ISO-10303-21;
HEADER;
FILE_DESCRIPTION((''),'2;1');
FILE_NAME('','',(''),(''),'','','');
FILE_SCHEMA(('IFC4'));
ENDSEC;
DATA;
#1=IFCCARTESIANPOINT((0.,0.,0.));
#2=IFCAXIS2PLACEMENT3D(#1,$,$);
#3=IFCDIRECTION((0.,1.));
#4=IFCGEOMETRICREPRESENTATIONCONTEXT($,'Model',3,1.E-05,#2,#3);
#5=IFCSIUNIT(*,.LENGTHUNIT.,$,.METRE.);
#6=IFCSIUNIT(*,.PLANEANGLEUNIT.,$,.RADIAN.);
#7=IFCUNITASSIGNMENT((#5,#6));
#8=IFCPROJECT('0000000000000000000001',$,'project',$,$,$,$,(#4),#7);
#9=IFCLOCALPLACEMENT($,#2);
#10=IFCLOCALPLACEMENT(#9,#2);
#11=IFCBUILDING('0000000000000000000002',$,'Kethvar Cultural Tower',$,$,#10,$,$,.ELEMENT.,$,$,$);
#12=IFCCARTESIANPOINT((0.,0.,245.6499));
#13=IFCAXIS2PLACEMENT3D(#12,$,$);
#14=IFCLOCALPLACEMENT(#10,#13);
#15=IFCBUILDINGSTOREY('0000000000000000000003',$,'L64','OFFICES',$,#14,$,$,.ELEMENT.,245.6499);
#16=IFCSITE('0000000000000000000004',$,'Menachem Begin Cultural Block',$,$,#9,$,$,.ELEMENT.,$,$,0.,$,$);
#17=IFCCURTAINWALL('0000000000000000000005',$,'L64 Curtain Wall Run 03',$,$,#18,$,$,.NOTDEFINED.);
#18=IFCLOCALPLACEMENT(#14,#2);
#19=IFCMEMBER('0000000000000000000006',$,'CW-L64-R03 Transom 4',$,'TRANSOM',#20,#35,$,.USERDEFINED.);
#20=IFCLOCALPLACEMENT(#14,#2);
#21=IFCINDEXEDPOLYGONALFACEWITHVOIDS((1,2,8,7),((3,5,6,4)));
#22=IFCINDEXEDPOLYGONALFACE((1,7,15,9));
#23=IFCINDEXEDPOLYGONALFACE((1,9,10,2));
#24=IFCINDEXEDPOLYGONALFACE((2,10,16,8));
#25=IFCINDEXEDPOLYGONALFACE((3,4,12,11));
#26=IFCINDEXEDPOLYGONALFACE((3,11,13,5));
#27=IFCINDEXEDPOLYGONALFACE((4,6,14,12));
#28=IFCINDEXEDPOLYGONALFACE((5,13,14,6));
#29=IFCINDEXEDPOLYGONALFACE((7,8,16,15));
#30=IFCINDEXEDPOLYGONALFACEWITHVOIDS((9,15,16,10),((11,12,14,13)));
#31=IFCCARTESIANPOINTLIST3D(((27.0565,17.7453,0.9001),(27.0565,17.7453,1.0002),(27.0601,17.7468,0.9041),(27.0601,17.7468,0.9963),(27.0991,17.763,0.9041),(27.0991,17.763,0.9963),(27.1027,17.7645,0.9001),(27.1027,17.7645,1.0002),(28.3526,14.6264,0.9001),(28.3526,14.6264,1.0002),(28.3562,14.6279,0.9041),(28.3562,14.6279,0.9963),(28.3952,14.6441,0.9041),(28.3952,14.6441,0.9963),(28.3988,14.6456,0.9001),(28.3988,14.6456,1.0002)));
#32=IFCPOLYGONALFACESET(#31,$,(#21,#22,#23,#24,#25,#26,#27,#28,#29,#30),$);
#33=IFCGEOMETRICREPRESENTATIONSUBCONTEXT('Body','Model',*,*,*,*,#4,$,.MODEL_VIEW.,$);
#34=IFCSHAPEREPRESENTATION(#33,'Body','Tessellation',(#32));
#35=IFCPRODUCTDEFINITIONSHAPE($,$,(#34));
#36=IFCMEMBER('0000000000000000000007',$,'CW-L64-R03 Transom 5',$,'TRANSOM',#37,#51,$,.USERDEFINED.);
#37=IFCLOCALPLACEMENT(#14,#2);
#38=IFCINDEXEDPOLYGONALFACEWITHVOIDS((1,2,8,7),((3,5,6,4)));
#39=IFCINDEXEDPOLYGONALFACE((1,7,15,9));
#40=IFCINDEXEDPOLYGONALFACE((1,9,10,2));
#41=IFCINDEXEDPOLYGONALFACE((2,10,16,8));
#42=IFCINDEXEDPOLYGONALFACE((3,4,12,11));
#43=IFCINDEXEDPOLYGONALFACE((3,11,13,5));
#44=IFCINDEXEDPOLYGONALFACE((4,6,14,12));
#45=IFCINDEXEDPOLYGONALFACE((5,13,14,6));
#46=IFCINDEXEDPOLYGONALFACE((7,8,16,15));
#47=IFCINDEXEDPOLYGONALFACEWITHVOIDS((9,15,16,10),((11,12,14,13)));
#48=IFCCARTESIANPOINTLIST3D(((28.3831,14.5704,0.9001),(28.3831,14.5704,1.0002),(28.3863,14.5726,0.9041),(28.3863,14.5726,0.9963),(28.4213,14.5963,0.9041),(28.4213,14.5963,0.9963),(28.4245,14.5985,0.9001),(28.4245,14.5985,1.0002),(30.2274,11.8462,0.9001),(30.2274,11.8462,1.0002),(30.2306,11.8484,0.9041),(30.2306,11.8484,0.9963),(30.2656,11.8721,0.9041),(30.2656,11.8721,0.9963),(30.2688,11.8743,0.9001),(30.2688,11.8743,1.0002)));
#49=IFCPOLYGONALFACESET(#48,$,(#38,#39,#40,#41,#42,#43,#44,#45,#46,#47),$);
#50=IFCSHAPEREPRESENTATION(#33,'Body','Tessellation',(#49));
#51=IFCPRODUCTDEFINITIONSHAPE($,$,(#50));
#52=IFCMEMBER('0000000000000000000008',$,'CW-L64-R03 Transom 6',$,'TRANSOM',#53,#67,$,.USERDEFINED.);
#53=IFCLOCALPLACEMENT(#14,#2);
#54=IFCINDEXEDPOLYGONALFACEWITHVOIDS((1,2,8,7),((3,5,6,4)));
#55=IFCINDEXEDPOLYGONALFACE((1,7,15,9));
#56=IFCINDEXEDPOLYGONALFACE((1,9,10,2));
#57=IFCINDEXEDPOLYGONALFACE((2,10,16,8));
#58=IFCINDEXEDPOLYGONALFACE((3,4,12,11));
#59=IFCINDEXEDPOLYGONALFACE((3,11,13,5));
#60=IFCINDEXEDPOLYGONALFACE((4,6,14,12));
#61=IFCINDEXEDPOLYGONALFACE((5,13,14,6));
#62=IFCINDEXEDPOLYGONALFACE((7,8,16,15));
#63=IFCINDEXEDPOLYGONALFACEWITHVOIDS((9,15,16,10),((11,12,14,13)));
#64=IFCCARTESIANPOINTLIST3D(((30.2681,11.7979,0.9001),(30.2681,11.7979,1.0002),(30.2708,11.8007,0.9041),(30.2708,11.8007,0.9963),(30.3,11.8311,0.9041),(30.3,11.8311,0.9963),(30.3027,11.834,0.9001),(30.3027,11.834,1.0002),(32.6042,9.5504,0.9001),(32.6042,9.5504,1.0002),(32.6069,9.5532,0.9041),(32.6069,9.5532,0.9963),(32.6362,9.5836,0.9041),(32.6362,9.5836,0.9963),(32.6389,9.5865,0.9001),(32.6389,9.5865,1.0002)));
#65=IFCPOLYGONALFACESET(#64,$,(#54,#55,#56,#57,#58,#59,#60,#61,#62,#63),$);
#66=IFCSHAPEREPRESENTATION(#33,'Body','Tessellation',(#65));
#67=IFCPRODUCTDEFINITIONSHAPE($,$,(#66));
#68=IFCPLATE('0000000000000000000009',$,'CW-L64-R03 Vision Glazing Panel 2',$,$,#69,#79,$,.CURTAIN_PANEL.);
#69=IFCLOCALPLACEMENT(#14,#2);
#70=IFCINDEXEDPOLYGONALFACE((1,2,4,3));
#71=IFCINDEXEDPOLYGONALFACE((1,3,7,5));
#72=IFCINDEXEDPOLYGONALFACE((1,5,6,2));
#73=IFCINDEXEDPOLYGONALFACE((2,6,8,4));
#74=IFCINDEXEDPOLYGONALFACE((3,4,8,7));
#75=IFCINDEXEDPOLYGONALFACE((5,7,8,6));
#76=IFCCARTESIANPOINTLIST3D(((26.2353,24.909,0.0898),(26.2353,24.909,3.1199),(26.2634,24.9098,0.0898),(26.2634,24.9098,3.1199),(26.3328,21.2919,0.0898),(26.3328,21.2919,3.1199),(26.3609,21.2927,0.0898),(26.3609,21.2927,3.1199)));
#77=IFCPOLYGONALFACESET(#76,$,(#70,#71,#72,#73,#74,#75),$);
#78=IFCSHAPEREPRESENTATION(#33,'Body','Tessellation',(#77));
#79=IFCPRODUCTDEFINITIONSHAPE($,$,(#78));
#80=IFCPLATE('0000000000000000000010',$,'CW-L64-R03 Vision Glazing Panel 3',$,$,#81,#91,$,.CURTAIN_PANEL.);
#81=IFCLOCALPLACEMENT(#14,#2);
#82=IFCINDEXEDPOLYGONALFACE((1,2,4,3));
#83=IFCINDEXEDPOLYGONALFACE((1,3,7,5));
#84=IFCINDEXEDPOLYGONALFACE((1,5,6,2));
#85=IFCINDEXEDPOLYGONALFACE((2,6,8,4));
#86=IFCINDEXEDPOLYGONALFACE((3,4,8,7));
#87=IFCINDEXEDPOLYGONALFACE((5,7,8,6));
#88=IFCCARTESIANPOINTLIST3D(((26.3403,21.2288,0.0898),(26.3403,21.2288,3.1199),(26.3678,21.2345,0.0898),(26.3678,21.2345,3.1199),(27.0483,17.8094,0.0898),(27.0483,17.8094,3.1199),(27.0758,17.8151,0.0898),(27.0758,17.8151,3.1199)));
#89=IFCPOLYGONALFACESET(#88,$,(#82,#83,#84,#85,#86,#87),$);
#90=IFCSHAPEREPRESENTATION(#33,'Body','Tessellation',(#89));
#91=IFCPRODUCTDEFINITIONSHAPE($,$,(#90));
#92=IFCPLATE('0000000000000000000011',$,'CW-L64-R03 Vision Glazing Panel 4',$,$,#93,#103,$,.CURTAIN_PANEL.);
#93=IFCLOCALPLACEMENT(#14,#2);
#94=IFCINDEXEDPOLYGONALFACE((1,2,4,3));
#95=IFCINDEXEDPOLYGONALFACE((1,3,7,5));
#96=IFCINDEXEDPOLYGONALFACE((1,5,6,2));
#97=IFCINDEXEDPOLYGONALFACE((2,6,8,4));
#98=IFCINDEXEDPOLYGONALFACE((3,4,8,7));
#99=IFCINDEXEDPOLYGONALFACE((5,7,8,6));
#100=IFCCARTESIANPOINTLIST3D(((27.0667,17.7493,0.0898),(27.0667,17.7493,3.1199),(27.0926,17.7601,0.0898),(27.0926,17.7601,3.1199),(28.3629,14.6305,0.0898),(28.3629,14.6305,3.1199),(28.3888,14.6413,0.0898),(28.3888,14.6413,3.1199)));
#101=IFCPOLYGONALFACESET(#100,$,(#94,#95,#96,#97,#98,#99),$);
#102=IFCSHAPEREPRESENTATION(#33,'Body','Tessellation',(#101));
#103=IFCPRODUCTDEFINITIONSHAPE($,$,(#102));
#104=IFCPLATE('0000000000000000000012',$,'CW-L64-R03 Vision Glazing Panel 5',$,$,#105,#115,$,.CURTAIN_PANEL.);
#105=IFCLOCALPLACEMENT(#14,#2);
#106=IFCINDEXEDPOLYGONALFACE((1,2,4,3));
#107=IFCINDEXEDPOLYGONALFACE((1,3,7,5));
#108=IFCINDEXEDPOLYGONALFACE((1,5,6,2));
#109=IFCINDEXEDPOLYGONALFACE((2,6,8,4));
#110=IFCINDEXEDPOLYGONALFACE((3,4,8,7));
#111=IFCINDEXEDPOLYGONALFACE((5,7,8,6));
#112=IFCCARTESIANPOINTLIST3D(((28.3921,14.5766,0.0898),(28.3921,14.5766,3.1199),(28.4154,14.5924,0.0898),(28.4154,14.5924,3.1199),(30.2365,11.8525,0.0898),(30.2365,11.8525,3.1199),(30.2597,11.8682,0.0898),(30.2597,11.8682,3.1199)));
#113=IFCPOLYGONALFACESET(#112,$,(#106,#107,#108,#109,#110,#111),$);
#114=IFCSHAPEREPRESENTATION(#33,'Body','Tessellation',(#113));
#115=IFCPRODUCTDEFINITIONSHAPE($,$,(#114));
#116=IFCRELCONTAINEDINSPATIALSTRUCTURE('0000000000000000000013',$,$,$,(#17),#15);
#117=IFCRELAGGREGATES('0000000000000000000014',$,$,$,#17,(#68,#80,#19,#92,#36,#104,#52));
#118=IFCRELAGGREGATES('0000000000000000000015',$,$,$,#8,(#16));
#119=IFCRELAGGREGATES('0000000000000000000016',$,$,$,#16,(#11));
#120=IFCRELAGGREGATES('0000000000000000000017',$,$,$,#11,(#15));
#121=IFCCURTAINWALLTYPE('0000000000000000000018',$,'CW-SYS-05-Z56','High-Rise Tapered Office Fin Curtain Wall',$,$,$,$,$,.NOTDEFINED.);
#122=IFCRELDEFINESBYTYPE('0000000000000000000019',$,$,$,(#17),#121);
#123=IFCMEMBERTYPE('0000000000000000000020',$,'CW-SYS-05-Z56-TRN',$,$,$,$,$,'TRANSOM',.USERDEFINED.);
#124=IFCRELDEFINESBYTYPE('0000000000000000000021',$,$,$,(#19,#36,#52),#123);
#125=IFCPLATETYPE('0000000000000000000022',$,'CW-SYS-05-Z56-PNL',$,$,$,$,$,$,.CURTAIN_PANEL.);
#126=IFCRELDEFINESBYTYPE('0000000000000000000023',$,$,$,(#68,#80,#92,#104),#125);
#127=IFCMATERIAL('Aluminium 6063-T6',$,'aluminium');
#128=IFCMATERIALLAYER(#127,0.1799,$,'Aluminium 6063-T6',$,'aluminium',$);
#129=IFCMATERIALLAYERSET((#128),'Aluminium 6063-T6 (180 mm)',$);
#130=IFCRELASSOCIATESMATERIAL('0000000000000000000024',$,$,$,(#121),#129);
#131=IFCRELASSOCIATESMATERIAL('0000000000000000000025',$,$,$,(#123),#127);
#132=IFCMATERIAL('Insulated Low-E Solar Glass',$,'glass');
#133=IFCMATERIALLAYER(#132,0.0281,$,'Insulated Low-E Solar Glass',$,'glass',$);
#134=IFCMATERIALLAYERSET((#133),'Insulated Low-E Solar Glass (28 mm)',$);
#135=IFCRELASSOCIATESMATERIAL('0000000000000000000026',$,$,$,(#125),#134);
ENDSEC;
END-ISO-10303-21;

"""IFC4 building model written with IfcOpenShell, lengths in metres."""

from ifc_helpers import new_model, si_unit, direction, frame, origin, origin_2d, place, context, subcontext, project, spatial, rectangle, hollow_rectangle, extrude, source, transform, mapped, material, layer, layer_set, material_profile, profile_set, type_object, element, aggregate, save


model = new_model("IFC4")

# Units and contexts
model_context = context("Model", 3, precision=1e-05, world=origin(), true_north=direction((0.0, 1.0)))
body_context = subcontext(model_context, "Body", "Model", "MODEL_VIEW")
ifc_project = project(units=[si_unit("LENGTHUNIT", "METRE"), si_unit("PLANEANGLEUNIT", "RADIAN")], contexts=[model_context])

# Site, building, storey
site_placement = place(None, origin())
site = spatial("IfcSite", under=ifc_project, at=site_placement, Name="Menachem Begin Cultural Block", CompositionType="ELEMENT", RefElevation=0.0)
building_placement = place(site_placement, origin())
building = spatial("IfcBuilding", under=site, at=building_placement, Name="Kethvar Cultural Tower", CompositionType="ELEMENT")
storey_placement = place(building_placement, frame((0.0, 0.0, 245.6499)))
storey = spatial("IfcBuildingStorey", under=building, at=storey_placement, Name="L64", Description="OFFICES", CompositionType="ELEMENT", Elevation=245.6499)

# Curtain wall, members, plates
ifc_material_1 = material(Name="Aluminium 6063-T6", Category="aluminium")
ifc_layer_1 = layer(ifc_material_1, 0.1799, Name="Aluminium 6063-T6", Category="aluminium")
ifc_layer_set_1 = layer_set([ifc_layer_1], Name="Aluminium 6063-T6 (180 mm)")
curtain_wall_type = type_object("IfcCurtainWallType", Name="CW-SYS-05-Z56", Description="High-Rise Tapered Office Fin Curtain Wall", PredefinedType="NOTDEFINED", material=ifc_layer_set_1)
curtain_wall_placement = place(storey_placement, origin())
curtain_wall = element("IfcCurtainWall", 1, at=curtain_wall_placement, inside=storey, type_object=curtain_wall_type, Name="L64 Curtain Wall Run 03", PredefinedType="NOTDEFINED")
ifc_material_profile_1 = material_profile(ifc_material_1, hollow_rectangle(XDim=0.05, YDim=0.1001, WallThickness=0.0039, at=origin_2d()), Name="Aluminium 6063-T6 — RHS100x50x4")
ifc_profile_set_1 = profile_set([ifc_material_profile_1], Name="Aluminium 6063-T6 — RHS100x50x4")
member_type_1 = type_object("IfcMemberType", Name="CW-SYS-05-Z56-TRN", ElementType="TRANSOM", PredefinedType="USERDEFINED", material=ifc_profile_set_1)
shared_shape_1 = source(origin(), body_context, "Body", "SweptSolid", [
    extrude(hollow_rectangle(XDim=0.05, YDim=0.1001, WallThickness=0.0039, at=origin_2d()), origin(), (0.0, 0.0, 1.0), 3.3774),
])
member_1_placement = place(storey_placement, frame((27.0796, 17.7549, 0.9502), z_axis=(0.383758, -0.923434, 0.0), x_axis=(0.923434, 0.383758, 0.0)))
member_1 = element("IfcMember", 2, at=member_1_placement, type_object=member_type_1, Name="CW-L64-R03 Transom 4", ObjectType="TRANSOM", PredefinedType="USERDEFINED", context=body_context, shape_type="MappedRepresentation", body=[
    mapped(shared_shape_1, transform((0.0, 0.0, 0.0), scale=1.0)),
])
shared_shape_2 = source(origin(), body_context, "Body", "SweptSolid", [
    extrude(hollow_rectangle(XDim=0.05, YDim=0.1001, WallThickness=0.0039, at=origin_2d()), origin(), (0.0, 0.0, 1.0), 3.2898),
])
member_2_placement = place(storey_placement, frame((28.4038, 14.5845, 0.9502), z_axis=(0.560612, -0.828079, 0.0), x_axis=(0.828079, 0.560612, 0.0)))
member_2 = element("IfcMember", 3, at=member_2_placement, type_object=member_type_1, Name="CW-L64-R03 Transom 5", ObjectType="TRANSOM", PredefinedType="USERDEFINED", context=body_context, shape_type="MappedRepresentation", body=[
    mapped(shared_shape_2, transform((0.0, 0.0, 0.0), scale=1.0)),
])
shared_shape_3 = source(origin(), body_context, "Body", "SweptSolid", [
    extrude(hollow_rectangle(XDim=0.05, YDim=0.1001, WallThickness=0.0039, at=origin_2d()), origin(), (0.0, 0.0, 1.0), 3.2417),
])
member_3_placement = place(storey_placement, frame((30.2854, 11.8159, 0.9502), z_axis=(0.720643, -0.693306, 0.0), x_axis=(0.693306, 0.720643, 0.0)))
member_3 = element("IfcMember", 4, at=member_3_placement, type_object=member_type_1, Name="CW-L64-R03 Transom 6", ObjectType="TRANSOM", PredefinedType="USERDEFINED", context=body_context, shape_type="MappedRepresentation", body=[
    mapped(shared_shape_3, transform((0.0, 0.0, 0.0), scale=1.0)),
])
ifc_material_2 = material(Name="Insulated Low-E Solar Glass", Category="glass")
ifc_layer_2 = layer(ifc_material_2, 0.0281, Name="Insulated Low-E Solar Glass", Category="glass")
ifc_layer_set_2 = layer_set([ifc_layer_2], Name="Insulated Low-E Solar Glass (28 mm)")
plate_type = type_object("IfcPlateType", Name="CW-SYS-05-Z56-PNL", PredefinedType="CURTAIN_PANEL", material=ifc_layer_set_2)
shared_shape_4 = source(origin(), body_context, "Body", "SweptSolid", [
    extrude(rectangle(XDim=3.6184, YDim=0.0281, at=origin_2d()), origin(), (0.0, 0.0, 1.0), 3.03),
])
plate_1_placement = place(storey_placement, frame((26.2981, 23.1008, 0.0898), z_axis=(0.0, 0.0, 1.0), x_axis=(0.026945, -0.999637, 0.0)))
plate_1 = element("IfcPlate", 5, at=plate_1_placement, type_object=plate_type, Name="CW-L64-R03 Vision Glazing Panel 2", PredefinedType="CURTAIN_PANEL", context=body_context, shape_type="MappedRepresentation", body=[
    mapped(shared_shape_4, transform((0.0, 0.0, 0.0), scale=1.0)),
])
shared_shape_5 = source(origin(), body_context, "Body", "SweptSolid", [
    extrude(rectangle(XDim=3.4919, YDim=0.0281, at=origin_2d()), origin(), (0.0, 0.0, 1.0), 3.03),
])
plate_2_placement = place(storey_placement, frame((26.708, 19.522, 0.0898), z_axis=(0.0, 0.0, 1.0), x_axis=(0.202753, -0.97923, 0.0)))
plate_2 = element("IfcPlate", 6, at=plate_2_placement, type_object=plate_type, Name="CW-L64-R03 Vision Glazing Panel 3", PredefinedType="CURTAIN_PANEL", context=body_context, shape_type="MappedRepresentation", body=[
    mapped(shared_shape_5, transform((0.0, 0.0, 0.0), scale=1.0)),
])
shared_shape_6 = source(origin(), body_context, "Body", "SweptSolid", [
    extrude(rectangle(XDim=3.3774, YDim=0.0281, at=origin_2d()), origin(), (0.0, 0.0, 1.0), 3.03),
])
plate_3_placement = place(storey_placement, frame((27.7278, 16.1953, 0.0898), z_axis=(0.0, 0.0, 1.0), x_axis=(0.38378, -0.923425, 0.0)))
plate_3 = element("IfcPlate", 7, at=plate_3_placement, type_object=plate_type, Name="CW-L64-R03 Vision Glazing Panel 4", PredefinedType="CURTAIN_PANEL", context=body_context, shape_type="MappedRepresentation", body=[
    mapped(shared_shape_6, transform((0.0, 0.0, 0.0), scale=1.0)),
])
shared_shape_7 = source(origin(), body_context, "Body", "SweptSolid", [
    extrude(rectangle(XDim=3.2898, YDim=0.0281, at=origin_2d()), origin(), (0.0, 0.0, 1.0), 3.03),
])
plate_4_placement = place(storey_placement, frame((29.3259, 13.2224, 0.0898), z_axis=(0.0, 0.0, 1.0), x_axis=(0.560625, -0.82807, 0.0)))
plate_4 = element("IfcPlate", 8, at=plate_4_placement, type_object=plate_type, Name="CW-L64-R03 Vision Glazing Panel 5", PredefinedType="CURTAIN_PANEL", context=body_context, shape_type="MappedRepresentation", body=[
    mapped(shared_shape_7, transform((0.0, 0.0, 0.0), scale=1.0)),
])
aggregate(curtain_wall, [plate_1, plate_2, member_1, plate_3, member_2, plate_4, member_3])

save(model, "model.ifc")
